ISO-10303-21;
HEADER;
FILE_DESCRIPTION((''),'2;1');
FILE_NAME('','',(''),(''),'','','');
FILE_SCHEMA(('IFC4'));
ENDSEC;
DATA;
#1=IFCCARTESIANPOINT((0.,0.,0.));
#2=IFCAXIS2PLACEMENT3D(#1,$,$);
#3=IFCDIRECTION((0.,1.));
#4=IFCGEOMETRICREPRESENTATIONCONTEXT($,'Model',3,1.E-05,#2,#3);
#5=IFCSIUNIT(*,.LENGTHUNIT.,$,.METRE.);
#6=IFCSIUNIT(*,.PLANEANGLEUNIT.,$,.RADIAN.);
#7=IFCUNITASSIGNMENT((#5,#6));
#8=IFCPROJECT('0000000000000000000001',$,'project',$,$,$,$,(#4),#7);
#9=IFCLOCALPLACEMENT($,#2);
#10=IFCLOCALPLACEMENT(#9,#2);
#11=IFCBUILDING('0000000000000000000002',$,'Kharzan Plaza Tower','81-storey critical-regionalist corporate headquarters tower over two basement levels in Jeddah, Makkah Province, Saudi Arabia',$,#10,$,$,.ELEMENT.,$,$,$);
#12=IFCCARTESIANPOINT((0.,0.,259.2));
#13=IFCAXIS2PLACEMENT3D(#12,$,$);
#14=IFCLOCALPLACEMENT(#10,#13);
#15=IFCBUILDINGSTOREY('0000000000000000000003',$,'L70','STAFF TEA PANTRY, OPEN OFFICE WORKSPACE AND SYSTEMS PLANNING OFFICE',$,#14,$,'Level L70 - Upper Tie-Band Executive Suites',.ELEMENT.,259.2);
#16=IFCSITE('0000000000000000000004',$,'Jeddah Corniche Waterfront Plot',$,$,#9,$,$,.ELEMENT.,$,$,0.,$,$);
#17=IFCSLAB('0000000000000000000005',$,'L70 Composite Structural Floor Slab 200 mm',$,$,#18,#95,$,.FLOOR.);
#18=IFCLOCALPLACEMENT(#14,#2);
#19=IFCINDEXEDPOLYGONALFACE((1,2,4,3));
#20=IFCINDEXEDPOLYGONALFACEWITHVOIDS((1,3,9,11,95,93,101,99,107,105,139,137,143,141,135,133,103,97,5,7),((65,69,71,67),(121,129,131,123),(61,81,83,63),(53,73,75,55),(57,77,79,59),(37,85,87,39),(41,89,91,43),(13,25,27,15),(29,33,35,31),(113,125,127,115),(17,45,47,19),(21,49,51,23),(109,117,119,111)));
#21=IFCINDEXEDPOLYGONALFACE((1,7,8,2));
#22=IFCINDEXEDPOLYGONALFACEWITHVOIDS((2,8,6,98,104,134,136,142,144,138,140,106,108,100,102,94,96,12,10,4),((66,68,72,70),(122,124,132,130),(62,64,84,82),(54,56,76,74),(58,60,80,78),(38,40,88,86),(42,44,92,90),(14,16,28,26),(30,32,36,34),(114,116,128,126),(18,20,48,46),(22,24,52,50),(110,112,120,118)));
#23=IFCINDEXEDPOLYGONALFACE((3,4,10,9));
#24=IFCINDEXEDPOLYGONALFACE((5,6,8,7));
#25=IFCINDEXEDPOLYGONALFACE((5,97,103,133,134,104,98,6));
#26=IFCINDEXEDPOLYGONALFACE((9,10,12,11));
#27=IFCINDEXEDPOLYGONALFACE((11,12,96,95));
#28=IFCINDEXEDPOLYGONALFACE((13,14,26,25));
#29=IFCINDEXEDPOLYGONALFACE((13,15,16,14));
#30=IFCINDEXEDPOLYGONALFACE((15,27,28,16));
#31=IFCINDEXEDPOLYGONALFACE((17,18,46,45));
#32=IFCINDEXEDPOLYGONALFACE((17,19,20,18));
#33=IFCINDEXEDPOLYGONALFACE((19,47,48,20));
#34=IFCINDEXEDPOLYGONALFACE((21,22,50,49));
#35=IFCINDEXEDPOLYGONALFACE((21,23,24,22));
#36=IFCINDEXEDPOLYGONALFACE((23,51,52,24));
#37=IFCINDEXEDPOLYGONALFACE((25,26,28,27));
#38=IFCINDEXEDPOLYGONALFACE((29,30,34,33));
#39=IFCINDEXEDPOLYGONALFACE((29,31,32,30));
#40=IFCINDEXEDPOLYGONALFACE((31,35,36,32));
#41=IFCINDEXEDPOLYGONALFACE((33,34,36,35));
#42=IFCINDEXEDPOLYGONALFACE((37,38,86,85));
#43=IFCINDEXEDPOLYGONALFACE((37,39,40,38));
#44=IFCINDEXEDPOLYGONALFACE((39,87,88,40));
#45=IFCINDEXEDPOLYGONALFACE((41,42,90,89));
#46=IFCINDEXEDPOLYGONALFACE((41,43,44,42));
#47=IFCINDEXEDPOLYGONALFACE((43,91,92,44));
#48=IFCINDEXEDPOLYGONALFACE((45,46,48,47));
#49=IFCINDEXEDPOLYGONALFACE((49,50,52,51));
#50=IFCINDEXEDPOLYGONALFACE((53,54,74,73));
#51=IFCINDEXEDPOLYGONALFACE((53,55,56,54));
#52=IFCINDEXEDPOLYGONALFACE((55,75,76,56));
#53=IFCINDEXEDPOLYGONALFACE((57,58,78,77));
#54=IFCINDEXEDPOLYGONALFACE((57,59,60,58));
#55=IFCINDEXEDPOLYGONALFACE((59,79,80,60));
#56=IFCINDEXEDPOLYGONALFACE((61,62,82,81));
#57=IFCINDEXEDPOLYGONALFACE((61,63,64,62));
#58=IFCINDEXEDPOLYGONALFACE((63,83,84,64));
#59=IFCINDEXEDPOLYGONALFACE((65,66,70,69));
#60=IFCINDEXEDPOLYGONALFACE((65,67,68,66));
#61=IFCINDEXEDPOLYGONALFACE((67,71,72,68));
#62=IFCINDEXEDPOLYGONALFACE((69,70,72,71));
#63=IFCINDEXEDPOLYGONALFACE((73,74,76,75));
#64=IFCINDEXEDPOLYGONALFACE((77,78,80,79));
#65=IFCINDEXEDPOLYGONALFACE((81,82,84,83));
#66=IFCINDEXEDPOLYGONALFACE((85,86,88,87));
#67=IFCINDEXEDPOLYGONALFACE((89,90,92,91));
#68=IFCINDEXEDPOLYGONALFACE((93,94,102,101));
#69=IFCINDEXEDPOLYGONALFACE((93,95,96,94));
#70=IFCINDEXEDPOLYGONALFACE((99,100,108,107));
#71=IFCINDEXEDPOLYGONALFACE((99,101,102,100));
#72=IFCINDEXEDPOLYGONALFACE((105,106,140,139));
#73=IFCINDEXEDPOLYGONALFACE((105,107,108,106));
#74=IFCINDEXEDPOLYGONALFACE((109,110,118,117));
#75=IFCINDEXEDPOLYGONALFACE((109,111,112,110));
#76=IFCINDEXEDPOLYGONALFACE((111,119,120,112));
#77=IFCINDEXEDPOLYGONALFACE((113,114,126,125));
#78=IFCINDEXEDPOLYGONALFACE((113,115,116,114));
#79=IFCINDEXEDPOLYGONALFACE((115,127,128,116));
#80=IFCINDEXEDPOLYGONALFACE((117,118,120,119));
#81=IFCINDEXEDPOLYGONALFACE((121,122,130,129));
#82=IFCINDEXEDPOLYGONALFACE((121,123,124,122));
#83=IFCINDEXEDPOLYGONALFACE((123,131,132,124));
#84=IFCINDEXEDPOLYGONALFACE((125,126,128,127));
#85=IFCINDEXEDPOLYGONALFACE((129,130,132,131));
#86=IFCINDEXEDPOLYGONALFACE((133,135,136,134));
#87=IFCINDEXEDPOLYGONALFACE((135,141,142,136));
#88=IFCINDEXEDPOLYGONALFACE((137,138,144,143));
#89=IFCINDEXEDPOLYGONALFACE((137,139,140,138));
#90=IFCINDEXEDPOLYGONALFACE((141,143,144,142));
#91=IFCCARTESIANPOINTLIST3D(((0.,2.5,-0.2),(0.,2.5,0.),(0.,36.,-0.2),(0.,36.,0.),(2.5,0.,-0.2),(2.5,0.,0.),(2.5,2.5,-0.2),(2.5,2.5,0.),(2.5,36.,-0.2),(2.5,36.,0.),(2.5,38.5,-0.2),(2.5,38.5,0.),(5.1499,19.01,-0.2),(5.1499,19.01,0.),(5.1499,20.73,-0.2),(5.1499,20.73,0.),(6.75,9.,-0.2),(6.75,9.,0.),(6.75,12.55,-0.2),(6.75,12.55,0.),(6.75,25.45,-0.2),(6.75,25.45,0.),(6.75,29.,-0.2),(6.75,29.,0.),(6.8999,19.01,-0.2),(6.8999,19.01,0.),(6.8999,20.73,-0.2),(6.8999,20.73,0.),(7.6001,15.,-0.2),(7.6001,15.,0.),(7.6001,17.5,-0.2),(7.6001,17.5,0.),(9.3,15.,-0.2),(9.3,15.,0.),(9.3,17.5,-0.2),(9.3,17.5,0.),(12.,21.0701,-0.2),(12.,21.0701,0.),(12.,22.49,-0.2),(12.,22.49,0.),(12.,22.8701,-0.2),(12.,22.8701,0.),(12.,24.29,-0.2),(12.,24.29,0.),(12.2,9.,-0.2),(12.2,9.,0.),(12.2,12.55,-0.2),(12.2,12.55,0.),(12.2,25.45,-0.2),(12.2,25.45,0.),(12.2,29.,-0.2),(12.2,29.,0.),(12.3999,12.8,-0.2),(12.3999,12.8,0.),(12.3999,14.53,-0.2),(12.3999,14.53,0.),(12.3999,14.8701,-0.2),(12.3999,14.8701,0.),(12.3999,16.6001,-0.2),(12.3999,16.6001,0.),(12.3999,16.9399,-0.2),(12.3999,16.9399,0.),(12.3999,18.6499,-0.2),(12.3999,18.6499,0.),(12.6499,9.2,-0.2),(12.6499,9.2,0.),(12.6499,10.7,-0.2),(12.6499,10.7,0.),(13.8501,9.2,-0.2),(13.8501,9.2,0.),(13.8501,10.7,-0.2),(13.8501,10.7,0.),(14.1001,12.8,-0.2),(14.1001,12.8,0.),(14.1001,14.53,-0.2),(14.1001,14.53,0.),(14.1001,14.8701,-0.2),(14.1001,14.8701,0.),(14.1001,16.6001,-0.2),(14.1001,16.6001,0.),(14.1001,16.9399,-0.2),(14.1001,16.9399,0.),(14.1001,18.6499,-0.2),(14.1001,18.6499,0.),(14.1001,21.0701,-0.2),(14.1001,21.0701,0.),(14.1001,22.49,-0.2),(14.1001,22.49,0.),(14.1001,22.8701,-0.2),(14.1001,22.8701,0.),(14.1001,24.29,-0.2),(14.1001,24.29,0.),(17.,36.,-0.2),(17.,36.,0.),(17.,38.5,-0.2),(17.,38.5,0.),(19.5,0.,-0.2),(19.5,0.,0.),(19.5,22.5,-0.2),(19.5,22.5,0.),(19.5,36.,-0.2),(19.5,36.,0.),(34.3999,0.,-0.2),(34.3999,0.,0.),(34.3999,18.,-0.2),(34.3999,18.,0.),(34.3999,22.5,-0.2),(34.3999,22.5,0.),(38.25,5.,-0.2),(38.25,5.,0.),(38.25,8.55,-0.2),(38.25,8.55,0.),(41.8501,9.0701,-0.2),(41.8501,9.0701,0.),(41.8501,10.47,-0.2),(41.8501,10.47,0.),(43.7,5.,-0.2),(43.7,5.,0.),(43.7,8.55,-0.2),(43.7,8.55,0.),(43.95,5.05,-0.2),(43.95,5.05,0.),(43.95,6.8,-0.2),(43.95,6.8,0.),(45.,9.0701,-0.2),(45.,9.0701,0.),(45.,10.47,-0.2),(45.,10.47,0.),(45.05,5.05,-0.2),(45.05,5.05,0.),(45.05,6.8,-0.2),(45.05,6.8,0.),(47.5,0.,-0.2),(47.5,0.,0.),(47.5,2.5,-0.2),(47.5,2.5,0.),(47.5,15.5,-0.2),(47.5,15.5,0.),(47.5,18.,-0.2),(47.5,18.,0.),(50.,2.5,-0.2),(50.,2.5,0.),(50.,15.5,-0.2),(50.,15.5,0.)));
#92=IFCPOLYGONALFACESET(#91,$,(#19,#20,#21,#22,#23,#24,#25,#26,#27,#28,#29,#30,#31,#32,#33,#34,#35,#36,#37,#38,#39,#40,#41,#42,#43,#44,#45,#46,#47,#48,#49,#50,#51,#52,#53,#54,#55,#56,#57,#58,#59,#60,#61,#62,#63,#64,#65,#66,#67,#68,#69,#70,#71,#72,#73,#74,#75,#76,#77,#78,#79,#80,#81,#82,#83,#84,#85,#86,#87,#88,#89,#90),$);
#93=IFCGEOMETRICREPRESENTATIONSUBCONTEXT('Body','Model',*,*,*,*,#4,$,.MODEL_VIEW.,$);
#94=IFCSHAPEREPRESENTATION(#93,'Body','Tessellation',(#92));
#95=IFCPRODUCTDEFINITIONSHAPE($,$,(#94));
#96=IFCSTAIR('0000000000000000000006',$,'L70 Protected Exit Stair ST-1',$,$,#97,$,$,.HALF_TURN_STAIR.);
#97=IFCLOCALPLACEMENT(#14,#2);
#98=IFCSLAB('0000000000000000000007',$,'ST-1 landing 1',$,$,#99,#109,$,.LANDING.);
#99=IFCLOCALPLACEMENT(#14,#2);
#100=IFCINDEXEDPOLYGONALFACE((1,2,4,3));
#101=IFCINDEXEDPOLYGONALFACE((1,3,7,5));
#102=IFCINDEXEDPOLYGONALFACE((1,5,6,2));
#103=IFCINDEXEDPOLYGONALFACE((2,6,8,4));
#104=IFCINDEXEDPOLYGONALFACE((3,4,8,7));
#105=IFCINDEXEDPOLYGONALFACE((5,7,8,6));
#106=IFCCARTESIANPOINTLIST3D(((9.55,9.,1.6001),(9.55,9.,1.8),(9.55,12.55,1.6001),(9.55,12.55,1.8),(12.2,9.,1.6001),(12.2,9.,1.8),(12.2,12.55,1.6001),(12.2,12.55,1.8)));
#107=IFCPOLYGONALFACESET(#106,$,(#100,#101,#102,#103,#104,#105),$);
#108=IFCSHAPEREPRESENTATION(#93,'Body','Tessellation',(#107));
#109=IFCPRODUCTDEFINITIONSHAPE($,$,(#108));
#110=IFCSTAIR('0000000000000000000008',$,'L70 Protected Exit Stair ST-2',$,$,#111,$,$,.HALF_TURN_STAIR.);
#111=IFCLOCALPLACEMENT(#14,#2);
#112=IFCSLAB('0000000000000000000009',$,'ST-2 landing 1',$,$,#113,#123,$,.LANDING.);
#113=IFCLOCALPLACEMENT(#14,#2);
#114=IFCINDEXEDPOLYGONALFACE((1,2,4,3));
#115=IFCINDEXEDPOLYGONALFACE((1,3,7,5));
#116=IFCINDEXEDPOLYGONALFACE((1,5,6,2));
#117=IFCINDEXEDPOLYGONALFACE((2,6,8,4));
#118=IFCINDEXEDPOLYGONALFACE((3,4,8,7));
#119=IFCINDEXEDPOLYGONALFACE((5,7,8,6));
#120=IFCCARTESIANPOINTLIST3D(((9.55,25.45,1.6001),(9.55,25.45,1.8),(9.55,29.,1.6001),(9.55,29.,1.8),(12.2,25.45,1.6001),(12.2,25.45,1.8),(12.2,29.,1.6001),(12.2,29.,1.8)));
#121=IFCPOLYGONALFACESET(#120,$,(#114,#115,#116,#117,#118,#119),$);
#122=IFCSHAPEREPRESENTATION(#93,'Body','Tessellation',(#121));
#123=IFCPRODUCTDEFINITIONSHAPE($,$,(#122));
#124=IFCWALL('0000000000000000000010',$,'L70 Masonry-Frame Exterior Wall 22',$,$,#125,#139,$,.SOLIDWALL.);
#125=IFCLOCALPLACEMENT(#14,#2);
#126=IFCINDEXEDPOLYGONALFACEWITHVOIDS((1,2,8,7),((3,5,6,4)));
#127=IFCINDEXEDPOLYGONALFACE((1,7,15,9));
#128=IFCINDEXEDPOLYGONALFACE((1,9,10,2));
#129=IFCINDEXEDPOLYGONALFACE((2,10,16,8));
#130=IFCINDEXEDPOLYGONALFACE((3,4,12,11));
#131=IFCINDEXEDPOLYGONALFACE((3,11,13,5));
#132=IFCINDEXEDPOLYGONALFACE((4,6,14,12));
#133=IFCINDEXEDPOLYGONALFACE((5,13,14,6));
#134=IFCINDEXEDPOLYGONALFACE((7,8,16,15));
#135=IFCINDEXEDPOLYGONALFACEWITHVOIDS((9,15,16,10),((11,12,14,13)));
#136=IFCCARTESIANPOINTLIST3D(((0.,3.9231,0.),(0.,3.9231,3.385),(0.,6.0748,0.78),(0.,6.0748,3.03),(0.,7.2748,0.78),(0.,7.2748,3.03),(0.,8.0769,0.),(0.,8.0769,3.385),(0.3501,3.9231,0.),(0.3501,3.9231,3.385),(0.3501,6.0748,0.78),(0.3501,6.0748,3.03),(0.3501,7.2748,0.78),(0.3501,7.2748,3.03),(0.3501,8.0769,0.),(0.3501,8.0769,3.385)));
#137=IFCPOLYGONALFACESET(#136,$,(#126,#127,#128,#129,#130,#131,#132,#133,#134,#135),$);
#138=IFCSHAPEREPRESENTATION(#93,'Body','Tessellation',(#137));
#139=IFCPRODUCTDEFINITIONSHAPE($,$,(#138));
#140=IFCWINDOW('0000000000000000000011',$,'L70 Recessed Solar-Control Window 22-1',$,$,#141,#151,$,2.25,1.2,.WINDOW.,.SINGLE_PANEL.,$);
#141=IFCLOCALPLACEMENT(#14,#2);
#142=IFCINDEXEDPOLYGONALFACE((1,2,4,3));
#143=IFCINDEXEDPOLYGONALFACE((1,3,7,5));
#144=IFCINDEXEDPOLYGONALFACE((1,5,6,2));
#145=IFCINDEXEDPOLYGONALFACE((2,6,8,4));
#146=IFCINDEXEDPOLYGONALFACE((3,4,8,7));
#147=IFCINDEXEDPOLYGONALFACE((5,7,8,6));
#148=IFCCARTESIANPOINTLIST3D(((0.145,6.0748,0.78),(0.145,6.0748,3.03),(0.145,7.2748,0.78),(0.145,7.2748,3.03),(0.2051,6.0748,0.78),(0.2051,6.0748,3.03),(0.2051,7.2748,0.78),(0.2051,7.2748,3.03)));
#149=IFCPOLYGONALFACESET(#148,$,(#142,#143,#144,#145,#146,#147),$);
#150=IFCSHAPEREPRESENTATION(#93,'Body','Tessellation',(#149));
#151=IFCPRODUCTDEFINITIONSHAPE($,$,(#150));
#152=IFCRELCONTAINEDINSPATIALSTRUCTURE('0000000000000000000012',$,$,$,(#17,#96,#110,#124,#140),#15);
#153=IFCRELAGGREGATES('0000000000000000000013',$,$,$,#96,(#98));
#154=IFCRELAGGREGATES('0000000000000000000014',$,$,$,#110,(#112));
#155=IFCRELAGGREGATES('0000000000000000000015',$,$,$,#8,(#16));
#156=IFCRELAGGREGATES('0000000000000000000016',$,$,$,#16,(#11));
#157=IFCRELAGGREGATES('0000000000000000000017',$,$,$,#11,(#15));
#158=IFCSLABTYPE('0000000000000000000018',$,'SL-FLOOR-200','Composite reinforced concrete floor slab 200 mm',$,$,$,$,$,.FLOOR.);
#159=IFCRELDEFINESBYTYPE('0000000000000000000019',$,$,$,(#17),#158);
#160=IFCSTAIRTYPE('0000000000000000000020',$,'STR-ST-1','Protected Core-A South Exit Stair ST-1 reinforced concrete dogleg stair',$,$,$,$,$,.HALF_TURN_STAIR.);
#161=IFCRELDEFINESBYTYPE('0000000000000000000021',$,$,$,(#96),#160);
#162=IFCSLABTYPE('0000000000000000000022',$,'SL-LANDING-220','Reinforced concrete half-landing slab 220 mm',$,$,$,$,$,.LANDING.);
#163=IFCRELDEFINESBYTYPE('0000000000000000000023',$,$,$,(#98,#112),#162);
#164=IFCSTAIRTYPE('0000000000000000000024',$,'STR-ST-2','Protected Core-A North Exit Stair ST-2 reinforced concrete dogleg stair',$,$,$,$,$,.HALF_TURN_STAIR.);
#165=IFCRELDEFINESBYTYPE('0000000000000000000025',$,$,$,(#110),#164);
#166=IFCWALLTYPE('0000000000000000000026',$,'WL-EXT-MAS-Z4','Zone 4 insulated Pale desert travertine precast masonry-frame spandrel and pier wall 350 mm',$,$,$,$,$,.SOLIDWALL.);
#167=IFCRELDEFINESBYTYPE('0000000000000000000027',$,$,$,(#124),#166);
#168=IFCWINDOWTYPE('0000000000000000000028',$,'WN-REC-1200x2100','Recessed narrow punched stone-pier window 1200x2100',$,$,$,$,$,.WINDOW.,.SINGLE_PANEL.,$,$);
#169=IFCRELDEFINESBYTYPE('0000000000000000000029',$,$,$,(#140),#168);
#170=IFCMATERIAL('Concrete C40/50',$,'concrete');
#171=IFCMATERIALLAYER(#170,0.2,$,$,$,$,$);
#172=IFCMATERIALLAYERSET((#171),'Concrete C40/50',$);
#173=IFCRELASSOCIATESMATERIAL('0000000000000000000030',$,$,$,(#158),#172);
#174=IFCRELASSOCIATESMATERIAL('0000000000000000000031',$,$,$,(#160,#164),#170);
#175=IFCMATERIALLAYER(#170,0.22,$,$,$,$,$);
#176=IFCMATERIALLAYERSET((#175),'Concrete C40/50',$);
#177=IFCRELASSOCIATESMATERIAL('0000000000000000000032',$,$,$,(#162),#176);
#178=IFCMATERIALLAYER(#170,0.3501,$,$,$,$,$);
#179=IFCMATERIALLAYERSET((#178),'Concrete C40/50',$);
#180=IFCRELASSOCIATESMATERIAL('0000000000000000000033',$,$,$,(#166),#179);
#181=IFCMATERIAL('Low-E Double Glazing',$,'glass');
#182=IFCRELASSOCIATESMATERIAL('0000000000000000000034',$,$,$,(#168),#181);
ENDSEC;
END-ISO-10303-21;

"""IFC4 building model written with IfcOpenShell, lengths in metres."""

from ifc_helpers import new_model, si_unit, direction, frame, frame_2d, origin, place, context, subcontext, project, spatial, polyline, rectangle, outline, extrude, source, transform, mapped, material, layer, layer_set, type_object, element, fill, aggregate, save


model = new_model("IFC4")

# Units and contexts
model_context = context("Model", 3, precision=1e-05, world=origin(), true_north=direction((0.0, 1.0)))
body_context = subcontext(model_context, "Body", "Model", "MODEL_VIEW")
ifc_project = project(units=[si_unit("LENGTHUNIT", "METRE"), si_unit("PLANEANGLEUNIT", "RADIAN")], contexts=[model_context])

# Site, building, storey
site_placement = place(None, origin())
site = spatial("IfcSite", under=ifc_project, at=site_placement, Name="Jeddah Corniche Waterfront Plot", CompositionType="ELEMENT", RefElevation=0.0)
building_placement = place(site_placement, origin())
building = spatial("IfcBuilding", under=site, at=building_placement, Name="Kharzan Plaza Tower", Description="81-storey critical-regionalist corporate headquarters tower over two basement levels in Jeddah, Makkah Province, Saudi Arabia", CompositionType="ELEMENT")
storey_placement = place(building_placement, frame((0.0, 0.0, 259.2)))
storey = spatial("IfcBuildingStorey", under=building, at=storey_placement, Name="L70", Description="STAFF TEA PANTRY, OPEN OFFICE WORKSPACE AND SYSTEMS PLANNING OFFICE", LongName="Level L70 - Upper Tie-Band Executive Suites", CompositionType="ELEMENT", Elevation=259.2)

# Slab
ifc_material_1 = material(Name="Concrete C40/50", Category="concrete")
ifc_layer_1 = layer(ifc_material_1, 0.2)
ifc_layer_set_1 = layer_set([ifc_layer_1], Name="Concrete C40/50")
slab_type_1 = type_object("IfcSlabType", Name="SL-FLOOR-200", Description="Composite reinforced concrete floor slab 200 mm", PredefinedType="FLOOR", material=ifc_layer_set_1)
slab_1_placement = place(storey_placement, frame((0.0, 0.0, -0.2)))
element("IfcSlab", 1, at=slab_1_placement, inside=storey, type_object=slab_type_1, Name="L70 Composite Structural Floor Slab 200 mm", PredefinedType="FLOOR", context=body_context, shape_type="SweptSolid", body=[
    extrude(outline(polyline([(34.3999, 18.0), (34.3999, 22.5), (19.5, 22.5), (19.5, 36.0), (17.0, 36.0), (17.0, 38.5), (2.5, 38.5), (2.5, 36.0), (0.0, 36.0), (0.0, 2.5), (2.5, 2.5), (2.5, 0.0), (19.5, 0.0), (34.3999, 0.0), (47.5, 0.0), (47.5, 2.5), (50.0, 2.5), (50.0, 15.5), (47.5, 15.5), (47.5, 18.0), (34.3999, 18.0)]), holes=[polyline([(12.2, 12.55), (6.75, 12.55), (6.75, 9.0), (12.2, 9.0), (12.2, 12.55)]), polyline([(14.1001, 12.8), (14.1001, 14.53), (12.3999, 14.53), (12.3999, 12.8), (14.1001, 12.8)]), polyline([(9.3, 15.0), (9.3, 17.5), (7.6001, 17.5), (7.6001, 15.0), (9.3, 15.0)]), polyline([(6.8999, 20.73), (5.1499, 20.73), (5.1499, 19.01), (6.8999, 19.01), (6.8999, 20.73)]), polyline([(14.1001, 21.0701), (14.1001, 22.49), (12.0, 22.49), (12.0, 21.0701), (14.1001, 21.0701)]), polyline([(14.1001, 22.8701), (14.1001, 24.29), (12.0, 24.29), (12.0, 22.8701), (14.1001, 22.8701)]), polyline([(12.2, 29.0), (6.75, 29.0), (6.75, 25.45), (12.2, 25.45), (12.2, 29.0)]), polyline([(45.05, 5.05), (45.05, 6.8), (43.95, 6.8), (43.95, 5.05), (45.05, 5.05)]), polyline([(43.7, 5.0), (43.7, 8.55), (38.25, 8.55), (38.25, 5.0), (43.7, 5.0)]), polyline([(45.0, 9.0701), (45.0, 10.47), (41.8501, 10.47), (41.8501, 9.0701), (45.0, 9.0701)]), polyline([(13.8501, 9.2), (13.8501, 10.7), (12.6499, 10.7), (12.6499, 9.2), (13.8501, 9.2)]), polyline([(14.1001, 14.8701), (14.1001, 16.6001), (12.3999, 16.6001), (12.3999, 14.8701), (14.1001, 14.8701)]), polyline([(14.1001, 16.9399), (14.1001, 18.6499), (12.3999, 18.6499), (12.3999, 16.9399), (14.1001, 16.9399)])]), origin(), (0.0, 0.0, 1.0), 0.2),
])

# Stairs, slabs
stair_type_1 = type_object("IfcStairType", Name="STR-ST-1", Description="Protected Core-A South Exit Stair ST-1 reinforced concrete dogleg stair", PredefinedType="HALF_TURN_STAIR", material=ifc_material_1)
stair_1_placement = place(storey_placement, origin())
stair_1 = element("IfcStair", 2, at=stair_1_placement, inside=storey, type_object=stair_type_1, Name="L70 Protected Exit Stair ST-1", PredefinedType="HALF_TURN_STAIR")
ifc_layer_2 = layer(ifc_material_1, 0.22)
ifc_layer_set_2 = layer_set([ifc_layer_2], Name="Concrete C40/50")
slab_type_2 = type_object("IfcSlabType", Name="SL-LANDING-220", Description="Reinforced concrete half-landing slab 220 mm", PredefinedType="LANDING", material=ifc_layer_set_2)
slab_2_placement = place(storey_placement, frame((0.0, 0.0, 1.6001)))
slab_2 = element("IfcSlab", 3, at=slab_2_placement, type_object=slab_type_2, Name="ST-1 landing 1", PredefinedType="LANDING", context=body_context, shape_type="SweptSolid", body=[
    extrude(outline(polyline([(9.55, 9.0), (12.2, 9.0), (12.2, 12.55), (9.55, 12.55), (9.55, 9.0)])), origin(), (0.0, 0.0, 1.0), 0.2),
])
aggregate(stair_1, [slab_2])
stair_type_2 = type_object("IfcStairType", Name="STR-ST-2", Description="Protected Core-A North Exit Stair ST-2 reinforced concrete dogleg stair", PredefinedType="HALF_TURN_STAIR", material=ifc_material_1)
stair_2_placement = place(storey_placement, origin())
stair_2 = element("IfcStair", 4, at=stair_2_placement, inside=storey, type_object=stair_type_2, Name="L70 Protected Exit Stair ST-2", PredefinedType="HALF_TURN_STAIR")
slab_3_placement = place(storey_placement, frame((0.0, 0.0, 1.6001)))
slab_3 = element("IfcSlab", 5, at=slab_3_placement, type_object=slab_type_2, Name="ST-2 landing 1", PredefinedType="LANDING", context=body_context, shape_type="SweptSolid", body=[
    extrude(outline(polyline([(9.55, 25.45), (12.2, 25.45), (12.2, 29.0), (9.55, 29.0), (9.55, 25.45)])), origin(), (0.0, 0.0, 1.0), 0.2),
])
aggregate(stair_2, [slab_3])

# Wall, opening, window
ifc_layer_3 = layer(ifc_material_1, 0.3501)
ifc_layer_set_3 = layer_set([ifc_layer_3], Name="Concrete C40/50")
wall_type_1 = type_object("IfcWallType", Name="WL-EXT-MAS-Z4", Description="Zone 4 insulated Pale desert travertine precast masonry-frame spandrel and pier wall 350 mm", PredefinedType="SOLIDWALL", material=ifc_layer_set_3)
wall_1_placement = place(storey_placement, frame((0.175, 8.0769, 0.0), z_axis=(0.0, 0.0, 1.0), x_axis=(0.0, -1.0, 0.0)))
wall_1 = element("IfcWall", 6, at=wall_1_placement, inside=storey, type_object=wall_type_1, Name="L70 Masonry-Frame Exterior Wall 22", PredefinedType="SOLIDWALL", context=body_context, shape_type="SweptSolid", body=[
    extrude(rectangle(XDim=4.1538, YDim=0.3501, at=frame_2d((2.0769, 0.0))), origin(), (0.0, 0.0, 1.0), 3.385),
])
opening_1_placement = place(wall_1_placement, frame((0.802, 0.0, 0.78)))
opening_1 = element("IfcOpeningElement", 7, at=opening_1_placement, cuts=wall_1, PredefinedType="OPENING", context=body_context, shape_type="SweptSolid", body=[
    extrude(rectangle(XDim=1.2, YDim=2.25, at=frame_2d((0.6001, 1.125))), frame((0.0, 0.1851, 0.0), z_axis=(0.0, -1.0, 0.0), x_axis=(1.0, 0.0, 0.0)), (0.0, 0.0, 1.0), 0.3701),
])
ifc_material_2 = material(Name="Low-E Double Glazing", Category="glass")
window_type = type_object("IfcWindowType", Name="WN-REC-1200x2100", Description="Recessed narrow punched stone-pier window 1200x2100", PartitioningType="SINGLE_PANEL", PredefinedType="WINDOW", material=ifc_material_2)
shared_shape_1 = source(origin(), body_context, "Body", "SweptSolid", [
    extrude(rectangle(XDim=1.2, YDim=2.25, at=frame_2d((0.6001, 1.125))), frame((0.0, 0.03, 0.0), z_axis=(0.0, -1.0, 0.0), x_axis=(1.0, 0.0, 0.0)), (0.0, 0.0, 1.0), 0.0601),
])
window_1_placement = place(opening_1_placement, origin())
window_1 = element("IfcWindow", 8, at=window_1_placement, inside=storey, type_object=window_type, Name="L70 Recessed Solar-Control Window 22-1", OverallHeight=2.25, OverallWidth=1.2, PartitioningType="SINGLE_PANEL", PredefinedType="WINDOW", context=body_context, shape_type="MappedRepresentation", body=[
    mapped(shared_shape_1, transform((0.0, 0.0, 0.0), x_axis=(1.0, 0.0, 0.0), y_axis=(0.0, 1.0, 0.0), z_axis=(0.0, 0.0, 1.0))),
])
fill(opening_1, window_1)

save(model, "model.ifc")
